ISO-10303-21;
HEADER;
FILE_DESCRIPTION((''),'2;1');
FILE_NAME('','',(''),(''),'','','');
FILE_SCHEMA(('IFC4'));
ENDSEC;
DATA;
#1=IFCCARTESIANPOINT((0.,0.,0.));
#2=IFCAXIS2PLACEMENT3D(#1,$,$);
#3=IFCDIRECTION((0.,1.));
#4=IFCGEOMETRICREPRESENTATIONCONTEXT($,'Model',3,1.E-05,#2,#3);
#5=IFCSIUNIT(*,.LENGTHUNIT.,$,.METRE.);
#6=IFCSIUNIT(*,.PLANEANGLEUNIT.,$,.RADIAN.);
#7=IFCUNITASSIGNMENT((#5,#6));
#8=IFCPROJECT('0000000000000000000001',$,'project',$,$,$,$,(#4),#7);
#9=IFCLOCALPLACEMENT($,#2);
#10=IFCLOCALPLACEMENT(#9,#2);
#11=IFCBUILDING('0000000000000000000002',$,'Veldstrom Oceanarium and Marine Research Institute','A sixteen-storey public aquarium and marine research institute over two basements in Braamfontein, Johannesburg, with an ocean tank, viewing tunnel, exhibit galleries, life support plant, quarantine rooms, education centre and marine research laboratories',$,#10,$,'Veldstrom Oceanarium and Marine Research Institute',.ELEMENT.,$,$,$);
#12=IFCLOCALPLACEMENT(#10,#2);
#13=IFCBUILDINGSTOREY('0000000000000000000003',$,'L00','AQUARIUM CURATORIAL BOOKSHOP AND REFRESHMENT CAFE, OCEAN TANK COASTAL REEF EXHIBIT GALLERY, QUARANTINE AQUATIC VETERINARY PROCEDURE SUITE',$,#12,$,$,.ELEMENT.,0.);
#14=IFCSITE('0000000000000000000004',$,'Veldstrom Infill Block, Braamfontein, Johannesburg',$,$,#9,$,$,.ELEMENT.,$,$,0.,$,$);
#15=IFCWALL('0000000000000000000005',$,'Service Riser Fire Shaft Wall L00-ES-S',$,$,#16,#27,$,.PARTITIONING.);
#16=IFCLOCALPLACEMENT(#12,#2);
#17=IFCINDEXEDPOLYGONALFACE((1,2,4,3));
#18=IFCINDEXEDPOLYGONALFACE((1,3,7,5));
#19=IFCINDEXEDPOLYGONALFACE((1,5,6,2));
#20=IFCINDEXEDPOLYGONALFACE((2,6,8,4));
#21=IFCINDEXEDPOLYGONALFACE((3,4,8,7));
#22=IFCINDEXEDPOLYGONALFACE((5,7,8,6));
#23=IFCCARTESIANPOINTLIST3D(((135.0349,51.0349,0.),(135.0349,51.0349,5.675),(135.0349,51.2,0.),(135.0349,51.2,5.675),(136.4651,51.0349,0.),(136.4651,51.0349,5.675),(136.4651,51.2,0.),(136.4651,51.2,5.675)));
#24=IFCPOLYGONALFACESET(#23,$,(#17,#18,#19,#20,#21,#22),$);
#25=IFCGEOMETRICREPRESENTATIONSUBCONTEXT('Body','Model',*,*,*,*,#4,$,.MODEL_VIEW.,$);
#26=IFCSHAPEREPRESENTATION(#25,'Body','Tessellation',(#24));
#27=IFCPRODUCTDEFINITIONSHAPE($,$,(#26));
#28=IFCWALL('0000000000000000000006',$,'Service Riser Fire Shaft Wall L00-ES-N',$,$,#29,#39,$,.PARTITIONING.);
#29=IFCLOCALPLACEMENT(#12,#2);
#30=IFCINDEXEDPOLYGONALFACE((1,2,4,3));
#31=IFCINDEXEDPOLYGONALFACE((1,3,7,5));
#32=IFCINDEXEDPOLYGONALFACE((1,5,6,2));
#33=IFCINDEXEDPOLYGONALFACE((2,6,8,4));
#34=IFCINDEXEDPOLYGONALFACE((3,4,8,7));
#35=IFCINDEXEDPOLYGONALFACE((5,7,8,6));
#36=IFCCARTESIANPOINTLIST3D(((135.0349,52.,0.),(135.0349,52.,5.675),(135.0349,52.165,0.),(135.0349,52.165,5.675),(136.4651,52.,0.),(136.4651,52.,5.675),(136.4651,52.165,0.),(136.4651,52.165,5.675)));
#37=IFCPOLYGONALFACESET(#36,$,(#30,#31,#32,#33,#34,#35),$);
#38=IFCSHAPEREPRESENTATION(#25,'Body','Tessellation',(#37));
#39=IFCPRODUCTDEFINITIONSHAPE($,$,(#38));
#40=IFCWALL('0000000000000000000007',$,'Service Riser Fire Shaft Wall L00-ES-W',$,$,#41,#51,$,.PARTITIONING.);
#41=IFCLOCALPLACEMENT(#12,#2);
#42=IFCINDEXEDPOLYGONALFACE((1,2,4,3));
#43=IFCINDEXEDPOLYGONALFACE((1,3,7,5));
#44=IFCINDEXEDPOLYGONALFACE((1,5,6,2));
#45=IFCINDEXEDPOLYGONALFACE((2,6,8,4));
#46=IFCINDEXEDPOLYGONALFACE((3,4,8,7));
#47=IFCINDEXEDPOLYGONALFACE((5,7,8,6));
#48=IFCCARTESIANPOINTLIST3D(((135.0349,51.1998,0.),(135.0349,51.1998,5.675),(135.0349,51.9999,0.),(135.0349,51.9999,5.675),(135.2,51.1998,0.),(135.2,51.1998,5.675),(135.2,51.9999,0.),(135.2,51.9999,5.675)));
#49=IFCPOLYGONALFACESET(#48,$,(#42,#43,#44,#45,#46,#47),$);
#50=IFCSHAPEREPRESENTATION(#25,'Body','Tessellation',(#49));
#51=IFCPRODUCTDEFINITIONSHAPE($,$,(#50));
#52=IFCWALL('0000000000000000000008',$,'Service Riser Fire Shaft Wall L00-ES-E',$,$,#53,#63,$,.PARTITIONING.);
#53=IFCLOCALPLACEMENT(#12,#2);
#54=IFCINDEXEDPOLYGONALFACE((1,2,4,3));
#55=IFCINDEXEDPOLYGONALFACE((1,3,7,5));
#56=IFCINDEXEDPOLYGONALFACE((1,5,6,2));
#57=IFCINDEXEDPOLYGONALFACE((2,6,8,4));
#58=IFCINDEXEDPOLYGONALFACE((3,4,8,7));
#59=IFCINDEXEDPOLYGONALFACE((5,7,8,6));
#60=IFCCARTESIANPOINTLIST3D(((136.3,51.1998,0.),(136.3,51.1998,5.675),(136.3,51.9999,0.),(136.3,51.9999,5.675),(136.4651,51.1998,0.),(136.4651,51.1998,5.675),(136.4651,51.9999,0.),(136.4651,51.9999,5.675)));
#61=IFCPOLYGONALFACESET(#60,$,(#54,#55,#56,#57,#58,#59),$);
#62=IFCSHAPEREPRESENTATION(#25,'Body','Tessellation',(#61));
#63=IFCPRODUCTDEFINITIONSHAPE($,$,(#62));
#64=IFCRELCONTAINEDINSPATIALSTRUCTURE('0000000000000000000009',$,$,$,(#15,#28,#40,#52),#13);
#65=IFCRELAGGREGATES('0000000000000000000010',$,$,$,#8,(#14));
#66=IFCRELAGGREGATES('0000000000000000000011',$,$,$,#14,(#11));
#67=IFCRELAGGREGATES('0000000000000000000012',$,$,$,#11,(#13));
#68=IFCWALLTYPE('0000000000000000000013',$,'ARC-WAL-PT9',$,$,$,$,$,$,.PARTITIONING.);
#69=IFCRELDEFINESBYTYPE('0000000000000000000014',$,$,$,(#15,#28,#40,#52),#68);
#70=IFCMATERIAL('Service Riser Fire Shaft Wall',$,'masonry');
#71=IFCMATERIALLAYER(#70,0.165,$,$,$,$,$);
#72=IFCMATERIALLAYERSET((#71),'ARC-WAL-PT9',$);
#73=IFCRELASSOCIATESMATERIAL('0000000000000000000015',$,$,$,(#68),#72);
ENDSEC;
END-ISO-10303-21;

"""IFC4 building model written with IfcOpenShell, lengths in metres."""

from ifc_helpers import new_model, si_unit, direction, frame, frame_2d, origin, place, context, subcontext, project, spatial, rectangle, extrude, material, layer, layer_set, type_object, element, save


model = new_model("IFC4")

# Units and contexts
model_context = context("Model", 3, precision=1e-05, world=origin(), true_north=direction((0.0, 1.0)))
body_context = subcontext(model_context, "Body", "Model", "MODEL_VIEW")
ifc_project = project(units=[si_unit("LENGTHUNIT", "METRE"), si_unit("PLANEANGLEUNIT", "RADIAN")], contexts=[model_context])

# Site, building, storey
site_placement = place(None, origin())
site = spatial("IfcSite", under=ifc_project, at=site_placement, Name="Veldstrom Infill Block, Braamfontein, Johannesburg", CompositionType="ELEMENT", RefElevation=0.0)
building_placement = place(site_placement, origin())
building = spatial("IfcBuilding", under=site, at=building_placement, Name="Veldstrom Oceanarium and Marine Research Institute", Description="A sixteen-storey public aquarium and marine research institute over two basements in Braamfontein, Johannesburg, with an ocean tank, viewing tunnel, exhibit galleries, life support plant, quarantine rooms, education centre and marine research laboratories", LongName="Veldstrom Oceanarium and Marine Research Institute", CompositionType="ELEMENT")
storey_placement = place(building_placement, origin())
storey = spatial("IfcBuildingStorey", under=building, at=storey_placement, Name="L00", Description="AQUARIUM CURATORIAL BOOKSHOP AND REFRESHMENT CAFE, OCEAN TANK COASTAL REEF EXHIBIT GALLERY, QUARANTINE AQUATIC VETERINARY PROCEDURE SUITE", CompositionType="ELEMENT", Elevation=0.0)

# Walls
ifc_material_1 = material(Name="Service Riser Fire Shaft Wall", Category="masonry")
ifc_layer_1 = layer(ifc_material_1, 0.165)
ifc_layer_set_1 = layer_set([ifc_layer_1], Name="ARC-WAL-PT9")
wall_type_1 = type_object("IfcWallType", Name="ARC-WAL-PT9", PredefinedType="PARTITIONING", material=ifc_layer_set_1)
for number, where, z_axis, x_axis, name in (
    (1, (135.0349, 51.1174, 0.0), (0.0, 0.0, 1.0), (1.0, 0.0, 0.0), "Service Riser Fire Shaft Wall L00-ES-S"),
    (2, (135.0349, 52.0825, 0.0), (0.0, 0.0, 1.0), (1.0, 0.0, 0.0), "Service Riser Fire Shaft Wall L00-ES-N"),
):
    element("IfcWall", number, at=place(storey_placement, frame(where, z_axis=z_axis, x_axis=x_axis)), inside=storey, type_object=wall_type_1, Name=name, PredefinedType="PARTITIONING", context=body_context, shape_type="SweptSolid", body=[
        extrude(rectangle(XDim=1.4302, YDim=0.165, at=frame_2d((0.7151, 0.0))), origin(), (0.0, 0.0, 1.0), 5.675),
    ])
for number, where, z_axis, x_axis, name in (
    (3, (135.1174, 51.2, 0.0), (0.0, 0.0, 1.0), (0.0, 1.0, 0.0), "Service Riser Fire Shaft Wall L00-ES-W"),
    (4, (136.3826, 51.2, 0.0), (0.0, 0.0, 1.0), (0.0, 1.0, 0.0), "Service Riser Fire Shaft Wall L00-ES-E"),
):
    element("IfcWall", number, at=place(storey_placement, frame(where, z_axis=z_axis, x_axis=x_axis)), inside=storey, type_object=wall_type_1, Name=name, PredefinedType="PARTITIONING", context=body_context, shape_type="SweptSolid", body=[
        extrude(rectangle(XDim=0.8, YDim=0.165, at=frame_2d((0.3999, 0.0))), origin(), (0.0, 0.0, 1.0), 5.675),
    ])

save(model, "model.ifc")
